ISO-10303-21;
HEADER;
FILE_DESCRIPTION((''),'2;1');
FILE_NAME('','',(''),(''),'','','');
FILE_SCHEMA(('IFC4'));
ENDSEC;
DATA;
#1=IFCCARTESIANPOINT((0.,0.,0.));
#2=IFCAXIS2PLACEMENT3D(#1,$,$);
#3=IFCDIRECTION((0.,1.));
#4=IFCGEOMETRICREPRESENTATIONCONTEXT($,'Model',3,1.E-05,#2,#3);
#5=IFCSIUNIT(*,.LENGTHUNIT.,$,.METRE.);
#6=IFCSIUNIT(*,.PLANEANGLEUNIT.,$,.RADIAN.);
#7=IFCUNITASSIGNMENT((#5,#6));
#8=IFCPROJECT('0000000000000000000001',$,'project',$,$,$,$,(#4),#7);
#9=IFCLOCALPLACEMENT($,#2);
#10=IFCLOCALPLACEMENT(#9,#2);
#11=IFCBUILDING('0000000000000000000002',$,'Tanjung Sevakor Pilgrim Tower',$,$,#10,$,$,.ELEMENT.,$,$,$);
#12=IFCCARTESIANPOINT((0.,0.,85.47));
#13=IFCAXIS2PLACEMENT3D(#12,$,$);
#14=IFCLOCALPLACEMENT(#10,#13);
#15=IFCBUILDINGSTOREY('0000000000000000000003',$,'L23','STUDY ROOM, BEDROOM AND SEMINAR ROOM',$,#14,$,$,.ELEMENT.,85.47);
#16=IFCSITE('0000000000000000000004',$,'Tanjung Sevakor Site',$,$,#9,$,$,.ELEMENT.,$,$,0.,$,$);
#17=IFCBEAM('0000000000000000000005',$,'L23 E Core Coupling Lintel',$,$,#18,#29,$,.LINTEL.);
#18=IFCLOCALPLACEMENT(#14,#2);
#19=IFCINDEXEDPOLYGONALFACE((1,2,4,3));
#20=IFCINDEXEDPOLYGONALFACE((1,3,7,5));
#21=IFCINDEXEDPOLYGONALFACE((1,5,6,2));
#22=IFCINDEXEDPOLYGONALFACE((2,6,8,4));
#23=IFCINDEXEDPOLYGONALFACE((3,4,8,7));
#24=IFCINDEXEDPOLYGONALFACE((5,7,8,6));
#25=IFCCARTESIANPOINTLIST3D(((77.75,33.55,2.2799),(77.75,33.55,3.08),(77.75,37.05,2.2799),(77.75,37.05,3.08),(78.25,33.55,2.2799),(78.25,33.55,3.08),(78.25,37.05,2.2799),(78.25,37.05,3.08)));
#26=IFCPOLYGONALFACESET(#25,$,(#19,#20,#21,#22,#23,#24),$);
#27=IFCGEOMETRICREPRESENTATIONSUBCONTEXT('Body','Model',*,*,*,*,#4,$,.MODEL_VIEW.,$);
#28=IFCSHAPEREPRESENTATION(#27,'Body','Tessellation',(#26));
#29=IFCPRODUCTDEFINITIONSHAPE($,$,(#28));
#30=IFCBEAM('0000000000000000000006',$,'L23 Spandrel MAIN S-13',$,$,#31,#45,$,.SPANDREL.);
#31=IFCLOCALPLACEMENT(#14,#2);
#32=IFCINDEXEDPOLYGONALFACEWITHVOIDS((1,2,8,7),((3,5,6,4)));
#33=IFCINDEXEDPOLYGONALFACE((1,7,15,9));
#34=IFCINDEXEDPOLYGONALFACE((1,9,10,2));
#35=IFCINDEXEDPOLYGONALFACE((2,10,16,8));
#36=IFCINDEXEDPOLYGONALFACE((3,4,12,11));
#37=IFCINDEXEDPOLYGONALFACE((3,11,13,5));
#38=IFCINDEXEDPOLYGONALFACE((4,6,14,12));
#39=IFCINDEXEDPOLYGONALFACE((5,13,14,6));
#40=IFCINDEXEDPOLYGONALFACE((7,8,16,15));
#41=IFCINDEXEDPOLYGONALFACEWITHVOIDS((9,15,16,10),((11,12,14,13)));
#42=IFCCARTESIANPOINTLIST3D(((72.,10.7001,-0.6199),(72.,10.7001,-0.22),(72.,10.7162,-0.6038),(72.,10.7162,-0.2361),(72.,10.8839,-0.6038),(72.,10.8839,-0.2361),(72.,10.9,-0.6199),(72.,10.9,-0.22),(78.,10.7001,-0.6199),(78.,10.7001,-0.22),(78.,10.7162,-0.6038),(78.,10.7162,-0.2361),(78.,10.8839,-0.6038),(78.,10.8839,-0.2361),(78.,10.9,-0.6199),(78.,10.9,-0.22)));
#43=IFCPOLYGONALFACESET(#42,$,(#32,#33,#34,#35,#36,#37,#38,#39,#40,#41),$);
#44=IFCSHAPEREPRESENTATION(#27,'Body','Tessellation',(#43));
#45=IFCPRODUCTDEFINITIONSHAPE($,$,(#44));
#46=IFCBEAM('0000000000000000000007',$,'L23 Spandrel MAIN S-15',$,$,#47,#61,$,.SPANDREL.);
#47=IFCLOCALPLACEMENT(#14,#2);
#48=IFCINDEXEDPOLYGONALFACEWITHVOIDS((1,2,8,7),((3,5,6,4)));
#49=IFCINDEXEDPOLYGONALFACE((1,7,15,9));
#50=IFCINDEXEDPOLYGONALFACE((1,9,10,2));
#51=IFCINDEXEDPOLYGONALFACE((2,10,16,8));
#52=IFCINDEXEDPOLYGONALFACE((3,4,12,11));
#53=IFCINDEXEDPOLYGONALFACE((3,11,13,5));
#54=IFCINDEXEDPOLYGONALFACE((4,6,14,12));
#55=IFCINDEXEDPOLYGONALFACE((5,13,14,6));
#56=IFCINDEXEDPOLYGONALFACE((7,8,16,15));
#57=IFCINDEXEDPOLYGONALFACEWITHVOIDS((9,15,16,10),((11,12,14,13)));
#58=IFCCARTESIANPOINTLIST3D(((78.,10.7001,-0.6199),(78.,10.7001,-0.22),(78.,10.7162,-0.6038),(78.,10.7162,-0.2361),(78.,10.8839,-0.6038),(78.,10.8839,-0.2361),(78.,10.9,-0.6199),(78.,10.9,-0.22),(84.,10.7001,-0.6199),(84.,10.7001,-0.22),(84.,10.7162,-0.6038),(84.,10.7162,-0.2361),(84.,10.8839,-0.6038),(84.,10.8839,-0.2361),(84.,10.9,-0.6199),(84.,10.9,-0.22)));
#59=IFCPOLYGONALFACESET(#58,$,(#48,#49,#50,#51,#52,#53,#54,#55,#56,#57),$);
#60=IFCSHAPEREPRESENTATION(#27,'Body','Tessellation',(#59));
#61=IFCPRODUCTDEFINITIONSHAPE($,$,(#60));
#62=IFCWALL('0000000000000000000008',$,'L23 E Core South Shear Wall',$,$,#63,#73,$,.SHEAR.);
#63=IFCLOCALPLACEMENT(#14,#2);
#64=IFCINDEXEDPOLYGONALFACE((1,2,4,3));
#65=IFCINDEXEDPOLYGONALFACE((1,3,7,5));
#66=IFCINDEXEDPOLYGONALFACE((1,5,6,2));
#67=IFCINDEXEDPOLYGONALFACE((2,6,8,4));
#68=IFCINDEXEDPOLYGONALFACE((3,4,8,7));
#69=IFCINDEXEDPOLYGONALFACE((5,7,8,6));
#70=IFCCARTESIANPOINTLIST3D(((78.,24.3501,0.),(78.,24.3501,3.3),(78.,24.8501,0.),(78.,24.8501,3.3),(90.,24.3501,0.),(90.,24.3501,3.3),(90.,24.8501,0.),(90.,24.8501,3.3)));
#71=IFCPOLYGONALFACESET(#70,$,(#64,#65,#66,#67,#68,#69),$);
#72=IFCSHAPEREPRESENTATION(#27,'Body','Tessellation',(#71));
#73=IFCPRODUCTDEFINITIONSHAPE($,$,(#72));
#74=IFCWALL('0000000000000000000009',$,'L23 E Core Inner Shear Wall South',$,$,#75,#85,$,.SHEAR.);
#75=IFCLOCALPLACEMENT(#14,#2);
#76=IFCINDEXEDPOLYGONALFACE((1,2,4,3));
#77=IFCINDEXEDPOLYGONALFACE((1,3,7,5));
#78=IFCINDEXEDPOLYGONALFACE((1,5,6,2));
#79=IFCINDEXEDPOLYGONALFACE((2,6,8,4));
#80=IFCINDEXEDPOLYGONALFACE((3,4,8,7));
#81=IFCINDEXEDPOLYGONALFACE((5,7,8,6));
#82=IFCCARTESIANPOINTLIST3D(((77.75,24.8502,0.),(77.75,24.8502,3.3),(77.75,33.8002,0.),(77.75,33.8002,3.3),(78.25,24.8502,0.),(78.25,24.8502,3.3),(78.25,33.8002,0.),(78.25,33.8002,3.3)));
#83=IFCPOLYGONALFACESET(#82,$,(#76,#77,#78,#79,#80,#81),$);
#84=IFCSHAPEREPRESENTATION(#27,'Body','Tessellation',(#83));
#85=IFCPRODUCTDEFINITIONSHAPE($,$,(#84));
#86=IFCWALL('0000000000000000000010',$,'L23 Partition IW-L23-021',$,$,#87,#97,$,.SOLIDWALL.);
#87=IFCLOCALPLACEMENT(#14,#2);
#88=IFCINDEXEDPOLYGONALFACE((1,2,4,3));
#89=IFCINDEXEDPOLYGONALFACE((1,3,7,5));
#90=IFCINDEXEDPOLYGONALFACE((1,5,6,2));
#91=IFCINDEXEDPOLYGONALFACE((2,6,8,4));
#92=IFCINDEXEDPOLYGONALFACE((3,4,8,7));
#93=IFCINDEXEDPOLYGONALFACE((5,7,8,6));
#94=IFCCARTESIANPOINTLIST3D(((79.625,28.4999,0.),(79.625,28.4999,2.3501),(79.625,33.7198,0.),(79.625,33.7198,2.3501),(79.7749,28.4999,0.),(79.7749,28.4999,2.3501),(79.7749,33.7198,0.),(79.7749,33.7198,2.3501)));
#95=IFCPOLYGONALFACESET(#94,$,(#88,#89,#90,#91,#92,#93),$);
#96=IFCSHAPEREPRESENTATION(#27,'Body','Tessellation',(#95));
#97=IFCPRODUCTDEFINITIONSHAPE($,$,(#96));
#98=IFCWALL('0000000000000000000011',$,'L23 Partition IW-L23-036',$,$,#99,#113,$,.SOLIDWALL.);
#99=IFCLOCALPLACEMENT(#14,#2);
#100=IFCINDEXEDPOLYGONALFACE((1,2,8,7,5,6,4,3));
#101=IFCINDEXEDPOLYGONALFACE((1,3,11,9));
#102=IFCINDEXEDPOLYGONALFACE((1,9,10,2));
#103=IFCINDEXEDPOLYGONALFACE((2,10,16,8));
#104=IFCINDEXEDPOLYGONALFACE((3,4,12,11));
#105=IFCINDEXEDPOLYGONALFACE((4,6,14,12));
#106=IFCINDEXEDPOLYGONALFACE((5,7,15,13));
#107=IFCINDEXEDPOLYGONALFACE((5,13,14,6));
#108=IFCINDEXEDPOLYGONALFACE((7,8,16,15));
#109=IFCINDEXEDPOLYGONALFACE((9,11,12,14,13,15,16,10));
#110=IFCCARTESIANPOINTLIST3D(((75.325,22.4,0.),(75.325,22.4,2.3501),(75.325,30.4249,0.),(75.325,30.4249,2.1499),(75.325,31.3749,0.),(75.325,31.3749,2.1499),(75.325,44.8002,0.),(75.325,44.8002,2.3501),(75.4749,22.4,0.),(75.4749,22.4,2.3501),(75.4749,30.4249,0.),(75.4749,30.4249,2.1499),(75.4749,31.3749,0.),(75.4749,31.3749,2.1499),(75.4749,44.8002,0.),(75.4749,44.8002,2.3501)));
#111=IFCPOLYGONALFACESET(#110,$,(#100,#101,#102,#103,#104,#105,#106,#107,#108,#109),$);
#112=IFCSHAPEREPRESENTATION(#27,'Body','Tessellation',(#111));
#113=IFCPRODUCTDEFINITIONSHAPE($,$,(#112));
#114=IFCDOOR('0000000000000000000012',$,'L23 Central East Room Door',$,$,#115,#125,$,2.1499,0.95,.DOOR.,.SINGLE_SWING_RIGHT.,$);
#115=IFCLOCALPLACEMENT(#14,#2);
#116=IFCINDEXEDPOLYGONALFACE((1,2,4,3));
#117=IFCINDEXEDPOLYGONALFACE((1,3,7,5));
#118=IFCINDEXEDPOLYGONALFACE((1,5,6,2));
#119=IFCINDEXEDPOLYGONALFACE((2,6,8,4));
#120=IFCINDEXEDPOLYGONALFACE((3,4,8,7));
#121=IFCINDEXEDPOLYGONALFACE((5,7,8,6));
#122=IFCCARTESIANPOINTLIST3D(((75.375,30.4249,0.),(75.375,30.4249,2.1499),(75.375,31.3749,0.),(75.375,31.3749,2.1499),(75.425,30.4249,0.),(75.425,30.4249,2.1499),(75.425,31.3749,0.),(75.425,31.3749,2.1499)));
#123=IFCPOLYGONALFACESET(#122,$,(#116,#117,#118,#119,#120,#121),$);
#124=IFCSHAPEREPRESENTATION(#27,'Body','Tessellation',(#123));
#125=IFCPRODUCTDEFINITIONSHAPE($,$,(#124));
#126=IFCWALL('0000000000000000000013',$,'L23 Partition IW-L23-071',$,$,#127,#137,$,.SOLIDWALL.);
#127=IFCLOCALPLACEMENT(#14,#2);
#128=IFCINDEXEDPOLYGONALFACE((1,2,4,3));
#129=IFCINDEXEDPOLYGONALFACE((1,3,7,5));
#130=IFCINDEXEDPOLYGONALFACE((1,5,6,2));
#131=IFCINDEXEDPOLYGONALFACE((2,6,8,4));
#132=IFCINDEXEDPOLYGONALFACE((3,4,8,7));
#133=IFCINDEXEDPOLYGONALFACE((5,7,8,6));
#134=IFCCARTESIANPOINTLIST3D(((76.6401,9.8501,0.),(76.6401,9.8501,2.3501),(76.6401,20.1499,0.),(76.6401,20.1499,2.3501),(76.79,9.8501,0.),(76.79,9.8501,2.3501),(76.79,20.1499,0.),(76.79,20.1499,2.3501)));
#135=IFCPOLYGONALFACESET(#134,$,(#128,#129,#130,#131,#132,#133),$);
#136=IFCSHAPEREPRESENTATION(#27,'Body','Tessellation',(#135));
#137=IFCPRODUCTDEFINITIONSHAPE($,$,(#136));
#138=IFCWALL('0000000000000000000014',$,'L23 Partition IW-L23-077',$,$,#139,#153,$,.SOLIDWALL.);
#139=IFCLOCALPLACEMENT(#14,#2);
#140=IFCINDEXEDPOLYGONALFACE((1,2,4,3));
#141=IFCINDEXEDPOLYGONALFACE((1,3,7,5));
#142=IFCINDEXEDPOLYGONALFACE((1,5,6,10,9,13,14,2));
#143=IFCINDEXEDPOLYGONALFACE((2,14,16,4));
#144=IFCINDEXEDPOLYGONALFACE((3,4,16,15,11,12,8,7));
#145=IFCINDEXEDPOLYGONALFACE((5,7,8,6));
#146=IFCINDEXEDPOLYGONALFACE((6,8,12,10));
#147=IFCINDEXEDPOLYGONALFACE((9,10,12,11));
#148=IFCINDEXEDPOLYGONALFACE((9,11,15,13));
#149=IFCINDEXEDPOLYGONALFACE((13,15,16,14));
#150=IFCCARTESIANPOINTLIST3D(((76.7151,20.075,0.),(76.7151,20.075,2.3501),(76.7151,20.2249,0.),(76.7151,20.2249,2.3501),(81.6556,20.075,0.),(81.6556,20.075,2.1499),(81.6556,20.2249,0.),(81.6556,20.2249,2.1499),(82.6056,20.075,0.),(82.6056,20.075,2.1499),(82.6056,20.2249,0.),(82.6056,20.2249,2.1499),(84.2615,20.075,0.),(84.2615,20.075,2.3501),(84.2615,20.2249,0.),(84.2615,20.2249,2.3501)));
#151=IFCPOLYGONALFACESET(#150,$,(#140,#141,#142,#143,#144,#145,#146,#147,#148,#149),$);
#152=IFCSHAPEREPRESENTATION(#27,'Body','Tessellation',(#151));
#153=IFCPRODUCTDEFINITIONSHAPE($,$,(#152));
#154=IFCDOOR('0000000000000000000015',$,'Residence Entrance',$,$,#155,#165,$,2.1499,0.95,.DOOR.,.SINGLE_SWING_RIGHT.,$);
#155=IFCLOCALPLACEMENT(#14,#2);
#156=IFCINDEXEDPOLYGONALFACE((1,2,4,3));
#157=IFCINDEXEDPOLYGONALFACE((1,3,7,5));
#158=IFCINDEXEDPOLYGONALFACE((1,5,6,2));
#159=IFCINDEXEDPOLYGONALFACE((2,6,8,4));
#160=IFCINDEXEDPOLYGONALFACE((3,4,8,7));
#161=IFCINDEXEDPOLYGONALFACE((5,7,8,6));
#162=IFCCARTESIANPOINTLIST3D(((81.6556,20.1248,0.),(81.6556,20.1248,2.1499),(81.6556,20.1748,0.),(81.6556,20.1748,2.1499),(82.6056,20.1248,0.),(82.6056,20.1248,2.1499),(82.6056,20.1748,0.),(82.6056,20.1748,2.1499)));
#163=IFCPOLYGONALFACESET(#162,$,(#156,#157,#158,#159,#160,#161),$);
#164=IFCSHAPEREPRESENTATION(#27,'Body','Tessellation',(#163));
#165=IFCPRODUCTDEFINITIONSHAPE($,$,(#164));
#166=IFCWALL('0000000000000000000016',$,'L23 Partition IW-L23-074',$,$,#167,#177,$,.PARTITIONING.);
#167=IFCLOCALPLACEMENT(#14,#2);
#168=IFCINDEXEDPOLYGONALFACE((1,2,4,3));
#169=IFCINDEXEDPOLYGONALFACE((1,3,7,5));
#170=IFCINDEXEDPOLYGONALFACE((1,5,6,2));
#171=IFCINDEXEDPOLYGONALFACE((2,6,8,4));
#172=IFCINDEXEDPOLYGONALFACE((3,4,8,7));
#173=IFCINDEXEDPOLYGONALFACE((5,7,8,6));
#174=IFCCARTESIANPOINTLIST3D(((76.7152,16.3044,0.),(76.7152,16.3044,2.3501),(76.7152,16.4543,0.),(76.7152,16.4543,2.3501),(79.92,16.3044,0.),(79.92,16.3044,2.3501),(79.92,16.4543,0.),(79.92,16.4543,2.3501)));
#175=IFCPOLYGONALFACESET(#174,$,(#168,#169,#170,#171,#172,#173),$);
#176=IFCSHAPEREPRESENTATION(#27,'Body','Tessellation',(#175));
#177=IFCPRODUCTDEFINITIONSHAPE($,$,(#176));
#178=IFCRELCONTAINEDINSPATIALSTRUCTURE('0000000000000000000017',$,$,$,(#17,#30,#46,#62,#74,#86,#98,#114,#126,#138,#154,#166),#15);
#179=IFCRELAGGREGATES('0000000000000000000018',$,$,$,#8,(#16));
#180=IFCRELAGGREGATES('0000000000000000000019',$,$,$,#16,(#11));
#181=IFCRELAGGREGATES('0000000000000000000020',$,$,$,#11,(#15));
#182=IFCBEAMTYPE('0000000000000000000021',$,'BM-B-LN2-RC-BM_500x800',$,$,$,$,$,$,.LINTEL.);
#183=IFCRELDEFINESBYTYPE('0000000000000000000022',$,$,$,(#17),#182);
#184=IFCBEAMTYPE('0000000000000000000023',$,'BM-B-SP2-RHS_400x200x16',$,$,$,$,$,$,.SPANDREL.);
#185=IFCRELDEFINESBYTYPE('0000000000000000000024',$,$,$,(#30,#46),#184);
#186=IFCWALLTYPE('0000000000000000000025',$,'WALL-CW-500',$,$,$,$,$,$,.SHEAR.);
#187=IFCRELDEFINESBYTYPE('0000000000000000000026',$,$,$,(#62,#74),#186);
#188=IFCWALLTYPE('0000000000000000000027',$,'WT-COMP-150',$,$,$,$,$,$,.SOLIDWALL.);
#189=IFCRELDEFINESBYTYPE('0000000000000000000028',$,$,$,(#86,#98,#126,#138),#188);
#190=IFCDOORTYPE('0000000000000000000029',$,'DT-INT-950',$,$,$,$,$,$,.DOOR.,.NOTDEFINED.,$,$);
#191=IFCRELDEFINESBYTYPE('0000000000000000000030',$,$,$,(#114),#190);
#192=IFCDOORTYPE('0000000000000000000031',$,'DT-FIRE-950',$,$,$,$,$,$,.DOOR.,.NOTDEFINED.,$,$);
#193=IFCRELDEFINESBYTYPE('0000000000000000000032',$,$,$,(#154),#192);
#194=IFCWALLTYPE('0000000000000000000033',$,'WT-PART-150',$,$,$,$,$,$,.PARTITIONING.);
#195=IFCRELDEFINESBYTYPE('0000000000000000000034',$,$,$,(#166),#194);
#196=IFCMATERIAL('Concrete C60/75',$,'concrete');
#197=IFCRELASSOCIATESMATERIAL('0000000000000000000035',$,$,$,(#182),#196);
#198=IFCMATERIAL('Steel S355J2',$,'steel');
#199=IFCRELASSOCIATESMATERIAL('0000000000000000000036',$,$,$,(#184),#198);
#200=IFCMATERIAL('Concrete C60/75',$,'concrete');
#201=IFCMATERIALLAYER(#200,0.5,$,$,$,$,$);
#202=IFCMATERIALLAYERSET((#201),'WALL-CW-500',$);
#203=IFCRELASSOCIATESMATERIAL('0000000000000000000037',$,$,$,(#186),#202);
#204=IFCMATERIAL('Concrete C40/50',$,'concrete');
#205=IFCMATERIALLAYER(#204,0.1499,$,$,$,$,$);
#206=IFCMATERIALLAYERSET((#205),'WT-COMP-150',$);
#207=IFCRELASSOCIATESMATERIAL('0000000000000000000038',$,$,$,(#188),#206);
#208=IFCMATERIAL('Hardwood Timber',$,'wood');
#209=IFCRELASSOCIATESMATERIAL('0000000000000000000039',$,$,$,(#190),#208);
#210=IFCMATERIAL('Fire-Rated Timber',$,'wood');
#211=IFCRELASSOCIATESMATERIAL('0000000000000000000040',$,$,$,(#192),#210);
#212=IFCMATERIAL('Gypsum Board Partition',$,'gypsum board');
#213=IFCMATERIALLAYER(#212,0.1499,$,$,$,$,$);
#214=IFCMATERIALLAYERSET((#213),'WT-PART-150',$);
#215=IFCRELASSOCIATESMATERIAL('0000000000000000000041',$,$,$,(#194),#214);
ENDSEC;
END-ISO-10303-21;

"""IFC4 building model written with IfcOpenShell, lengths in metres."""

from ifc_helpers import new_model, si_unit, direction, frame, frame_2d, origin, origin_2d, place, context, subcontext, project, spatial, rectangle, hollow_rectangle, extrude, material, layer, layer_set, material_profile, profile_set, type_object, element, fill, save


model = new_model("IFC4")

# Units and contexts
model_context = context("Model", 3, precision=1e-05, world=origin(), true_north=direction((0.0, 1.0)))
body_context = subcontext(model_context, "Body", "Model", "MODEL_VIEW")
ifc_project = project(units=[si_unit("LENGTHUNIT", "METRE"), si_unit("PLANEANGLEUNIT", "RADIAN")], contexts=[model_context])

# Site, building, storey
site_placement = place(None, origin())
site = spatial("IfcSite", under=ifc_project, at=site_placement, Name="Tanjung Sevakor Site", CompositionType="ELEMENT", RefElevation=0.0)
building_placement = place(site_placement, origin())
building = spatial("IfcBuilding", under=site, at=building_placement, Name="Tanjung Sevakor Pilgrim Tower", CompositionType="ELEMENT")
storey_placement = place(building_placement, frame((0.0, 0.0, 85.47)))
storey = spatial("IfcBuildingStorey", under=building, at=storey_placement, Name="L23", Description="STUDY ROOM, BEDROOM AND SEMINAR ROOM", CompositionType="ELEMENT", Elevation=85.47)

# Beams
ifc_material_1 = material(Name="Concrete C60/75", Category="concrete")
ifc_material_profile_1 = material_profile(ifc_material_1, rectangle(XDim=0.5, YDim=0.8, at=origin_2d()))
ifc_profile_set_1 = profile_set([ifc_material_profile_1], Name="Concrete C60/75")
beam_type_1 = type_object("IfcBeamType", Name="BM-B-LN2-RC-BM_500x800", PredefinedType="LINTEL", material=ifc_profile_set_1)
beam_1_placement = place(storey_placement, frame((78.0, 33.55, 2.6799), z_axis=(0.0, 1.0, 0.0), x_axis=(-1.0, 0.0, 0.0)))
element("IfcBeam", 1, at=beam_1_placement, inside=storey, type_object=beam_type_1, Name="L23 E Core Coupling Lintel", PredefinedType="LINTEL", context=body_context, shape_type="SweptSolid", body=[
    extrude(rectangle(XDim=0.5, YDim=0.8, at=origin_2d()), origin(), (0.0, 0.0, 1.0), 3.5),
])
ifc_material_2 = material(Name="Steel S355J2", Category="steel")
ifc_material_profile_2 = material_profile(ifc_material_2, hollow_rectangle(XDim=0.2, YDim=0.3999, WallThickness=0.0161, at=origin_2d()))
ifc_profile_set_2 = profile_set([ifc_material_profile_2], Name="Steel S355J2")
beam_type_2 = type_object("IfcBeamType", Name="BM-B-SP2-RHS_400x200x16", PredefinedType="SPANDREL", material=ifc_profile_set_2)
for number, where, z_axis, x_axis, name in (
    (2, (72.0, 10.8, -0.4199), (1.0, 0.0, 0.0), (0.0, 1.0, 0.0), "L23 Spandrel MAIN S-13"),
    (3, (78.0, 10.8, -0.4199), (1.0, 0.0, 0.0), (0.0, 1.0, 0.0), "L23 Spandrel MAIN S-15"),
):
    element("IfcBeam", number, at=place(storey_placement, frame(where, z_axis=z_axis, x_axis=x_axis)), inside=storey, type_object=beam_type_2, Name=name, PredefinedType="SPANDREL", context=body_context, shape_type="SweptSolid", body=[
        extrude(hollow_rectangle(XDim=0.2, YDim=0.3999, WallThickness=0.0161, at=origin_2d()), origin(), (0.0, 0.0, 1.0), 6.0),
    ])

# Walls
ifc_material_3 = material(Name="Concrete C60/75", Category="concrete")
ifc_layer_1 = layer(ifc_material_3, 0.5)
ifc_layer_set_1 = layer_set([ifc_layer_1], Name="WALL-CW-500")
wall_type_1 = type_object("IfcWallType", Name="WALL-CW-500", PredefinedType="SHEAR", material=ifc_layer_set_1)
wall_1_placement = place(storey_placement, frame((78.0, 24.6001, 0.0), z_axis=(0.0, 0.0, 1.0), x_axis=(1.0, 0.0, 0.0)))
element("IfcWall", 4, at=wall_1_placement, inside=storey, type_object=wall_type_1, Name="L23 E Core South Shear Wall", PredefinedType="SHEAR", context=body_context, shape_type="SweptSolid", body=[
    extrude(rectangle(XDim=12.0, YDim=0.5, at=frame_2d((6.0, 0.0))), origin(), (0.0, 0.0, 1.0), 3.3),
])
wall_2_placement = place(storey_placement, frame((78.0, 24.8501, 0.0), z_axis=(0.0, 0.0, 1.0), x_axis=(0.0, 1.0, 0.0)))
element("IfcWall", 5, at=wall_2_placement, inside=storey, type_object=wall_type_1, Name="L23 E Core Inner Shear Wall South", PredefinedType="SHEAR", context=body_context, shape_type="SweptSolid", body=[
    extrude(rectangle(XDim=8.95, YDim=0.5, at=frame_2d((4.4751, 0.0))), origin(), (0.0, 0.0, 1.0), 3.3),
])
ifc_material_4 = material(Name="Concrete C40/50", Category="concrete")
ifc_layer_2 = layer(ifc_material_4, 0.1499)
ifc_layer_set_2 = layer_set([ifc_layer_2], Name="WT-COMP-150")
wall_type_2 = type_object("IfcWallType", Name="WT-COMP-150", PredefinedType="SOLIDWALL", material=ifc_layer_set_2)
wall_3_placement = place(storey_placement, frame((79.7, 28.5, 0.0), z_axis=(0.0, 0.0, 1.0), x_axis=(0.0, 1.0, 0.0)))
element("IfcWall", 6, at=wall_3_placement, inside=storey, type_object=wall_type_2, Name="L23 Partition IW-L23-021", PredefinedType="SOLIDWALL", context=body_context, shape_type="SweptSolid", body=[
    extrude(rectangle(XDim=5.22, YDim=0.1499, at=frame_2d((2.6099, 0.0))), origin(), (0.0, 0.0, 1.0), 2.3501),
])

# Wall, opening, door
wall_4_placement = place(storey_placement, frame((75.3999, 22.3999, 0.0), z_axis=(0.0, 0.0, 1.0), x_axis=(0.0, 1.0, 0.0)))
wall_4 = element("IfcWall", 7, at=wall_4_placement, inside=storey, type_object=wall_type_2, Name="L23 Partition IW-L23-036", PredefinedType="SOLIDWALL", context=body_context, shape_type="SweptSolid", body=[
    extrude(rectangle(XDim=22.4001, YDim=0.1499, at=frame_2d((11.2002, 0.0))), origin(), (0.0, 0.0, 1.0), 2.3501),
])
opening_1_placement = place(wall_4_placement, frame((8.0249, 0.0, 0.0)))
opening_1 = element("IfcOpeningElement", 8, at=opening_1_placement, cuts=wall_4, PredefinedType="OPENING", context=body_context, shape_type="SweptSolid", body=[
    extrude(rectangle(XDim=0.95, YDim=2.1499, at=frame_2d((0.4751, 1.075))), frame((0.0, 0.085, 0.0), z_axis=(0.0, -1.0, 0.0), x_axis=(1.0, 0.0, 0.0)), (0.0, 0.0, 1.0), 0.1699),
])
ifc_material_5 = material(Name="Hardwood Timber", Category="wood")
door_type_1 = type_object("IfcDoorType", Name="DT-INT-950", OperationType="NOTDEFINED", PredefinedType="DOOR", material=ifc_material_5)
door_1_placement = place(opening_1_placement, origin())
door_1 = element("IfcDoor", 9, at=door_1_placement, inside=storey, type_object=door_type_1, Name="L23 Central East Room Door", OperationType="SINGLE_SWING_RIGHT", OverallHeight=2.1499, OverallWidth=0.95, PredefinedType="DOOR", context=body_context, shape_type="SweptSolid", body=[
    extrude(rectangle(XDim=0.95, YDim=2.1499, at=frame_2d((0.4751, 1.075))), frame((0.0, 0.0249, 0.0), z_axis=(0.0, -1.0, 0.0), x_axis=(1.0, 0.0, 0.0)), (0.0, 0.0, 1.0), 0.05),
])
fill(opening_1, door_1)

# Wall
wall_5_placement = place(storey_placement, frame((76.7151, 9.8501, 0.0), z_axis=(0.0, 0.0, 1.0), x_axis=(0.0, 1.0, 0.0)))
element("IfcWall", 10, at=wall_5_placement, inside=storey, type_object=wall_type_2, Name="L23 Partition IW-L23-071", PredefinedType="SOLIDWALL", context=body_context, shape_type="SweptSolid", body=[
    extrude(rectangle(XDim=10.2998, YDim=0.1499, at=frame_2d((5.1499, 0.0))), origin(), (0.0, 0.0, 1.0), 2.3501),
])

# Wall, opening, door
wall_6_placement = place(storey_placement, frame((76.7151, 20.1499, 0.0), z_axis=(0.0, 0.0, 1.0), x_axis=(1.0, 0.0, 0.0)))
wall_6 = element("IfcWall", 11, at=wall_6_placement, inside=storey, type_object=wall_type_2, Name="L23 Partition IW-L23-077", PredefinedType="SOLIDWALL", context=body_context, shape_type="SweptSolid", body=[
    extrude(rectangle(XDim=7.5464, YDim=0.1499, at=frame_2d((3.7732, 0.0))), origin(), (0.0, 0.0, 1.0), 2.3501),
])
opening_2_placement = place(wall_6_placement, frame((4.9404, 0.0, 0.0)))
opening_2 = element("IfcOpeningElement", 12, at=opening_2_placement, cuts=wall_6, PredefinedType="OPENING", context=body_context, shape_type="SweptSolid", body=[
    extrude(rectangle(XDim=0.95, YDim=2.1499, at=frame_2d((0.4751, 1.075))), frame((0.0, 0.085, 0.0), z_axis=(0.0, -1.0, 0.0), x_axis=(1.0, 0.0, 0.0)), (0.0, 0.0, 1.0), 0.1699),
])
ifc_material_6 = material(Name="Fire-Rated Timber", Category="wood")
door_type_2 = type_object("IfcDoorType", Name="DT-FIRE-950", OperationType="NOTDEFINED", PredefinedType="DOOR", material=ifc_material_6)
door_2_placement = place(opening_2_placement, origin())
door_2 = element("IfcDoor", 13, at=door_2_placement, inside=storey, type_object=door_type_2, Name="Residence Entrance", OperationType="SINGLE_SWING_RIGHT", OverallHeight=2.1499, OverallWidth=0.95, PredefinedType="DOOR", context=body_context, shape_type="SweptSolid", body=[
    extrude(rectangle(XDim=0.95, YDim=2.1499, at=frame_2d((0.4751, 1.075))), frame((0.0, 0.0249, 0.0), z_axis=(0.0, -1.0, 0.0), x_axis=(1.0, 0.0, 0.0)), (0.0, 0.0, 1.0), 0.05),
])
fill(opening_2, door_2)

# Wall
ifc_material_7 = material(Name="Gypsum Board Partition", Category="gypsum board")
ifc_layer_3 = layer(ifc_material_7, 0.1499)
ifc_layer_set_3 = layer_set([ifc_layer_3], Name="WT-PART-150")
wall_type_3 = type_object("IfcWallType", Name="WT-PART-150", PredefinedType="PARTITIONING", material=ifc_layer_set_3)
wall_7_placement = place(storey_placement, frame((76.7151, 16.3794, 0.0), z_axis=(0.0, 0.0, 1.0), x_axis=(1.0, 0.0, 0.0)))
element("IfcWall", 14, at=wall_7_placement, inside=storey, type_object=wall_type_3, Name="L23 Partition IW-L23-074", PredefinedType="PARTITIONING", context=body_context, shape_type="SweptSolid", body=[
    extrude(rectangle(XDim=3.2048, YDim=0.1499, at=frame_2d((1.6025, 0.0))), origin(), (0.0, 0.0, 1.0), 2.3501),
])

save(model, "model.ifc")
